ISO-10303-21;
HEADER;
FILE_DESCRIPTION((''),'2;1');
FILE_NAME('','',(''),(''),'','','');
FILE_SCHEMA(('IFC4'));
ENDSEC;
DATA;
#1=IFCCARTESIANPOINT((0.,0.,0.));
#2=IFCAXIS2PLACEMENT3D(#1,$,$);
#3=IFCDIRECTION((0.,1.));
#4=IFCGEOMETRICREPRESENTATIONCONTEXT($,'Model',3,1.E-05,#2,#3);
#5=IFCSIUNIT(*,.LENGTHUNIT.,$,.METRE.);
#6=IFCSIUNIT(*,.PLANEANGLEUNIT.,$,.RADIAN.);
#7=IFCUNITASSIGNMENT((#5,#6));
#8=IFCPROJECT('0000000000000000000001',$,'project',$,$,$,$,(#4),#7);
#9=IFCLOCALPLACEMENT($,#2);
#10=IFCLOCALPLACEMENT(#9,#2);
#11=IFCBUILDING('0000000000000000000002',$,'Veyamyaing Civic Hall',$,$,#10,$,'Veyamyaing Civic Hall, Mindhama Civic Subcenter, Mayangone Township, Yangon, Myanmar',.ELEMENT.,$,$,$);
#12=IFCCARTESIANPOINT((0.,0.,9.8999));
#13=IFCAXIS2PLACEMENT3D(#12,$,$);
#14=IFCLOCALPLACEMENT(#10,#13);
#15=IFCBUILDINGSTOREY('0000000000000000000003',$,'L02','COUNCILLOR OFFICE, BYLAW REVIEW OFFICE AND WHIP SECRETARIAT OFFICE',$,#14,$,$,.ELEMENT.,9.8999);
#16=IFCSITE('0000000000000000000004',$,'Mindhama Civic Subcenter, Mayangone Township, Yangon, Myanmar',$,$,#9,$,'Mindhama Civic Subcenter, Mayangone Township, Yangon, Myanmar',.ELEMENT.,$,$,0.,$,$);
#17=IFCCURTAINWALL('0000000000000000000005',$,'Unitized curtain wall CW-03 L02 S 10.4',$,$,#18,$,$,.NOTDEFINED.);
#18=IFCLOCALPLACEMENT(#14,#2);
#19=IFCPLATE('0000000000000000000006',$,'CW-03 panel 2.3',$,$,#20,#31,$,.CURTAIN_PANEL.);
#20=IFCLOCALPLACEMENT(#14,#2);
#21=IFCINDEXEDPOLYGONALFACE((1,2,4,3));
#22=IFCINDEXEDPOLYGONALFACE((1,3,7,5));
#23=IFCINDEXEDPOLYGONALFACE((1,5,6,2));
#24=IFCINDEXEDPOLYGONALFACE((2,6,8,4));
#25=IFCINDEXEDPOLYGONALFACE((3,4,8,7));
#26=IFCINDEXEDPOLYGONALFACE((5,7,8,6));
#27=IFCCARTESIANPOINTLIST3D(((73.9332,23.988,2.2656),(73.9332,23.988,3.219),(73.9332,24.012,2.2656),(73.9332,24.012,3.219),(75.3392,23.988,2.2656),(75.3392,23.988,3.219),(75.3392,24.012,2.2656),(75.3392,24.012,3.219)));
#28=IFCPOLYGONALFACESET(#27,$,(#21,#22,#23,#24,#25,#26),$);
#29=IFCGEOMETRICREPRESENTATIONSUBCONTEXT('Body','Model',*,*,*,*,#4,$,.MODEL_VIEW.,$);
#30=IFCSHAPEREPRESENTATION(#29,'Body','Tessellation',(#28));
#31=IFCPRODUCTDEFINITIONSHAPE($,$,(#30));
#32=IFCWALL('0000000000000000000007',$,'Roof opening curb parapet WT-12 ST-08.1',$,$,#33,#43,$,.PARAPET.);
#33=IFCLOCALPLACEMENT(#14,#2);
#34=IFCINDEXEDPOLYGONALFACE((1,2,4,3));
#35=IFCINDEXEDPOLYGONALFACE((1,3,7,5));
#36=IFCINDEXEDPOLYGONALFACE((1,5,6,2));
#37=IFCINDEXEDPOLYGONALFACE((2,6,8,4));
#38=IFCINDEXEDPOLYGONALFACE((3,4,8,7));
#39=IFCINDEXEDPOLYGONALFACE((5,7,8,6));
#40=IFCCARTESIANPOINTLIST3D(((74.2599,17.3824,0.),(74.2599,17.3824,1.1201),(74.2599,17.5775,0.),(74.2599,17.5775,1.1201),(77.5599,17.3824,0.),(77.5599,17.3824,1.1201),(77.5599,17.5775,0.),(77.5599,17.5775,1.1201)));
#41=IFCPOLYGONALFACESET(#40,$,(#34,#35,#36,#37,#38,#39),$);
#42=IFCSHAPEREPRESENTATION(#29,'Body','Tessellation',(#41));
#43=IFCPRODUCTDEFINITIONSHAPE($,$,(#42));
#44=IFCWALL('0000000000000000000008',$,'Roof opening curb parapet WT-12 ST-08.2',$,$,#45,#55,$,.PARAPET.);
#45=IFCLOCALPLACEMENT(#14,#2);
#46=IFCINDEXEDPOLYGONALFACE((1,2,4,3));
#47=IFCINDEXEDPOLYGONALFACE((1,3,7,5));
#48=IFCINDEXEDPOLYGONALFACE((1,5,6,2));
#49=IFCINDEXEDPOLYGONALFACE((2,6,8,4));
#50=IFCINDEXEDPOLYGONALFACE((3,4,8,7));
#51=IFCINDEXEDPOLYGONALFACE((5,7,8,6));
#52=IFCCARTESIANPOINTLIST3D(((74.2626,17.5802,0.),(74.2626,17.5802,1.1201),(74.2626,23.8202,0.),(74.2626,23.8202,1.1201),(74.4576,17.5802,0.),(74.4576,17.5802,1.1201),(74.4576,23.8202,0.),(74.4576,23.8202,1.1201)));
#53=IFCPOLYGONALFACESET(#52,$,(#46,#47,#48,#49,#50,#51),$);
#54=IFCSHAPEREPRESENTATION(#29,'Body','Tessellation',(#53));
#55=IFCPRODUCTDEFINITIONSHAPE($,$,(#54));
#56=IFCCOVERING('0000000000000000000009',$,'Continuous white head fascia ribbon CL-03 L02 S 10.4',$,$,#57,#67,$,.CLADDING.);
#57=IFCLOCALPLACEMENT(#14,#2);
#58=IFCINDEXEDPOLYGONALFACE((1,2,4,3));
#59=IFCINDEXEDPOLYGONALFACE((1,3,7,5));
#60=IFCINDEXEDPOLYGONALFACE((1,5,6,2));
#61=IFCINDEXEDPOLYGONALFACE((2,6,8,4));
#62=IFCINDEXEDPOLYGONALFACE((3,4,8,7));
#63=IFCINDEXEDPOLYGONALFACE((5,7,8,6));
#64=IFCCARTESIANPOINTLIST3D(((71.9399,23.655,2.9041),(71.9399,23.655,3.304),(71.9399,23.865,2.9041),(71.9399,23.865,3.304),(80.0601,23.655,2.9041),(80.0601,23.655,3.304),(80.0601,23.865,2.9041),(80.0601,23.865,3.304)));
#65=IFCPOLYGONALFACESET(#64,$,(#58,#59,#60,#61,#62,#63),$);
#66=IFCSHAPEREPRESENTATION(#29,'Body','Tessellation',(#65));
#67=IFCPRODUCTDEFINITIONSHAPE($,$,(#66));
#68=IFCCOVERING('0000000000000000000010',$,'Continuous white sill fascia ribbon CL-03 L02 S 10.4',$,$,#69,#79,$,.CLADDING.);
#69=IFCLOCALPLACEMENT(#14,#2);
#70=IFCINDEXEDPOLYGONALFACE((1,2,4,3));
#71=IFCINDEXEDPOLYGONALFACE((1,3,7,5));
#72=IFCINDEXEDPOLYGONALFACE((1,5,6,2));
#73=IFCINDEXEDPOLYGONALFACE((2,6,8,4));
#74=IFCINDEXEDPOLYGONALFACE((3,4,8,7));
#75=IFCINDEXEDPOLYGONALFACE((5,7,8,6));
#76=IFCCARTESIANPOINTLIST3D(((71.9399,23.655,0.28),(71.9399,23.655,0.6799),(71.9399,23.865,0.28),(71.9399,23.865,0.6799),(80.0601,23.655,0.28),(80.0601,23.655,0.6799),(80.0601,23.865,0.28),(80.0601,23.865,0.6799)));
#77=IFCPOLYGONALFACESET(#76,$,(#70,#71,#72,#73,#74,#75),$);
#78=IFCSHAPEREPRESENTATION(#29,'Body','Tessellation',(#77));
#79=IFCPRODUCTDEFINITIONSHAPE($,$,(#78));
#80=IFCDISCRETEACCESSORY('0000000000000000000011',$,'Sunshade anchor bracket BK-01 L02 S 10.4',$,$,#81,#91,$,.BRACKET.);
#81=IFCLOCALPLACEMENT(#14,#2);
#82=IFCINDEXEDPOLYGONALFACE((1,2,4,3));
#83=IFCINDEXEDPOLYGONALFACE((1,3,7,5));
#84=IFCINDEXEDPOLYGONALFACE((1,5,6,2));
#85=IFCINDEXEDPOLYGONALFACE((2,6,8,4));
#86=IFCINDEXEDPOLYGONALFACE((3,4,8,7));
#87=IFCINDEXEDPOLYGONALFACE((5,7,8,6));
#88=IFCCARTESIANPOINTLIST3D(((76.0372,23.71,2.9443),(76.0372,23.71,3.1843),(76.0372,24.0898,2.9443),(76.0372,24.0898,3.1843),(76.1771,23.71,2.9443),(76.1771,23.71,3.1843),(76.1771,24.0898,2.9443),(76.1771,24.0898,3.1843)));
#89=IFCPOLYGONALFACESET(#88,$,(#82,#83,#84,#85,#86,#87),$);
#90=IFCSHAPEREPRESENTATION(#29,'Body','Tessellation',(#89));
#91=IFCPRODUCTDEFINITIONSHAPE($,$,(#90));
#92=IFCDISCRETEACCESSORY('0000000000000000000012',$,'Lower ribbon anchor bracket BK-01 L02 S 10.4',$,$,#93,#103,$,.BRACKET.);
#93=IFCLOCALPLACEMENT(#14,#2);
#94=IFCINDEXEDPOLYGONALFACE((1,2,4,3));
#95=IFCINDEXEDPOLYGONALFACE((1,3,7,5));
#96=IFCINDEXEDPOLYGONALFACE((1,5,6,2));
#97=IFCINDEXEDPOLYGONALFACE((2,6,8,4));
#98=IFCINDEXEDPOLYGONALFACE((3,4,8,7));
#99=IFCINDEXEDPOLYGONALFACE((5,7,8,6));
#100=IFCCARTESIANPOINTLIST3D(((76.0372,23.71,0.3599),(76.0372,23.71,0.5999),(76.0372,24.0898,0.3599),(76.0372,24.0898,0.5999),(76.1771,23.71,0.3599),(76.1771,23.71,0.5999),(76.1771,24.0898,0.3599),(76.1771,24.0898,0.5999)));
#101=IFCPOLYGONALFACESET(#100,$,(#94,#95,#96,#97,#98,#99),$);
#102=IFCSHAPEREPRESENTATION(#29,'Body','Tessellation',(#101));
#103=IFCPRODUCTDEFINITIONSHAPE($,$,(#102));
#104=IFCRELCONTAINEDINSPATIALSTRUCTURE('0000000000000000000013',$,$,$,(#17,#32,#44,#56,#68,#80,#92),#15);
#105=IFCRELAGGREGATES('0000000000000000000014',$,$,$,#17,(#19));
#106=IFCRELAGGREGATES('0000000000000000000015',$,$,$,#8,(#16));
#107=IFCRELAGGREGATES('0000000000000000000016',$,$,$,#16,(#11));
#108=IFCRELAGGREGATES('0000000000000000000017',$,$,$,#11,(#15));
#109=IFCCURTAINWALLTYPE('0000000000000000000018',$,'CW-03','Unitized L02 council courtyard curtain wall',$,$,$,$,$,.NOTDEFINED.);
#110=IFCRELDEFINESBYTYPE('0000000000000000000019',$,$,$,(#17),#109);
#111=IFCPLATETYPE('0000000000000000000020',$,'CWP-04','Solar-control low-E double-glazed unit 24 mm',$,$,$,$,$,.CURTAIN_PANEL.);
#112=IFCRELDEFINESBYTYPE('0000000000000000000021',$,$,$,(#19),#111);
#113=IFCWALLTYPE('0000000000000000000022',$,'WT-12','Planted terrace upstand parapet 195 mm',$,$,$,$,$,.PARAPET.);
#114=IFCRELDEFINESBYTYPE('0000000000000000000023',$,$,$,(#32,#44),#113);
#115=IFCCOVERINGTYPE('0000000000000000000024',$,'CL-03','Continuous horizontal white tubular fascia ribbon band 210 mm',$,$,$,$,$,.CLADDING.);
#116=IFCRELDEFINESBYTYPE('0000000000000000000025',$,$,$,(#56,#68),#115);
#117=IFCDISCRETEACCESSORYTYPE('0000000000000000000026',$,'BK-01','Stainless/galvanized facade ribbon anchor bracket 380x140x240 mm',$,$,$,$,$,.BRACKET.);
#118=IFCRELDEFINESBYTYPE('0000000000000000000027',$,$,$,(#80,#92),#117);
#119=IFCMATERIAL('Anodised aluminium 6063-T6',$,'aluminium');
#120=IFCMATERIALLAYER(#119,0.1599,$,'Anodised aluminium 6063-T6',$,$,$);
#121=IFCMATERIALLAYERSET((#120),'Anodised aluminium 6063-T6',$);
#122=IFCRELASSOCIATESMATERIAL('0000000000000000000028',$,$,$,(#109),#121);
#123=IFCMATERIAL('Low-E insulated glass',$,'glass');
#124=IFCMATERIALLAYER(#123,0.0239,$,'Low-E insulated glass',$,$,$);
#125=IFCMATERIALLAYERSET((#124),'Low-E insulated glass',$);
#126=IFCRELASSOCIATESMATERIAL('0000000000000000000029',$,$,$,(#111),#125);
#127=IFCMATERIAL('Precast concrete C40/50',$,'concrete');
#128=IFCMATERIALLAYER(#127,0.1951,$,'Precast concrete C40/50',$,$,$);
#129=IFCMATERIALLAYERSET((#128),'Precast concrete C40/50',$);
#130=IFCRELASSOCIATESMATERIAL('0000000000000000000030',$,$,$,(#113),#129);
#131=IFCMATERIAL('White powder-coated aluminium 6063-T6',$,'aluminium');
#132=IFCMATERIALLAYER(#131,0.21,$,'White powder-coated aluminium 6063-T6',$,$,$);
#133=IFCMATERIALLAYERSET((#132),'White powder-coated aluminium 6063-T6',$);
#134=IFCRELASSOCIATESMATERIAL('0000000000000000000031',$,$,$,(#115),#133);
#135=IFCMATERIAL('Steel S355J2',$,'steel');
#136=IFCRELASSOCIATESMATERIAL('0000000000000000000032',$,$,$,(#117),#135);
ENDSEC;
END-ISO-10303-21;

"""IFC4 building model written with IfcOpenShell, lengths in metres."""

from ifc_helpers import new_model, si_unit, direction, frame, frame_2d, origin, origin_2d, place, context, subcontext, project, spatial, rectangle, extrude, material, layer, layer_set, type_object, element, aggregate, save


model = new_model("IFC4")

# Units and contexts
model_context = context("Model", 3, precision=1e-05, world=origin(), true_north=direction((0.0, 1.0)))
body_context = subcontext(model_context, "Body", "Model", "MODEL_VIEW")
ifc_project = project(units=[si_unit("LENGTHUNIT", "METRE"), si_unit("PLANEANGLEUNIT", "RADIAN")], contexts=[model_context])

# Site, building, storey
site_placement = place(None, origin())
site = spatial("IfcSite", under=ifc_project, at=site_placement, Name="Mindhama Civic Subcenter, Mayangone Township, Yangon, Myanmar", LongName="Mindhama Civic Subcenter, Mayangone Township, Yangon, Myanmar", CompositionType="ELEMENT", RefElevation=0.0)
building_placement = place(site_placement, origin())
building = spatial("IfcBuilding", under=site, at=building_placement, Name="Veyamyaing Civic Hall", LongName="Veyamyaing Civic Hall, Mindhama Civic Subcenter, Mayangone Township, Yangon, Myanmar", CompositionType="ELEMENT")
storey_placement = place(building_placement, frame((0.0, 0.0, 9.8999)))
storey = spatial("IfcBuildingStorey", under=building, at=storey_placement, Name="L02", Description="COUNCILLOR OFFICE, BYLAW REVIEW OFFICE AND WHIP SECRETARIAT OFFICE", CompositionType="ELEMENT", Elevation=9.8999)

# Curtain wall, plate
ifc_material_1 = material(Name="Anodised aluminium 6063-T6", Category="aluminium")
ifc_layer_1 = layer(ifc_material_1, 0.1599, Name="Anodised aluminium 6063-T6")
ifc_layer_set_1 = layer_set([ifc_layer_1], Name="Anodised aluminium 6063-T6")
curtain_wall_type = type_object("IfcCurtainWallType", Name="CW-03", Description="Unitized L02 council courtyard curtain wall", PredefinedType="NOTDEFINED", material=ifc_layer_set_1)
curtain_wall_placement = place(storey_placement, origin())
curtain_wall = element("IfcCurtainWall", 1, at=curtain_wall_placement, inside=storey, type_object=curtain_wall_type, Name="Unitized curtain wall CW-03 L02 S 10.4", PredefinedType="NOTDEFINED")
ifc_material_2 = material(Name="Low-E insulated glass", Category="glass")
ifc_layer_2 = layer(ifc_material_2, 0.0239, Name="Low-E insulated glass")
ifc_layer_set_2 = layer_set([ifc_layer_2], Name="Low-E insulated glass")
plate_type = type_object("IfcPlateType", Name="CWP-04", Description="Solar-control low-E double-glazed unit 24 mm", PredefinedType="CURTAIN_PANEL", material=ifc_layer_set_2)
plate_1_placement = place(storey_placement, frame((74.6362, 24.0, 2.2656), z_axis=(0.0, 0.0, 1.0), x_axis=(1.0, 0.0, 0.0)))
plate_1 = element("IfcPlate", 2, at=plate_1_placement, type_object=plate_type, Name="CW-03 panel 2.3", PredefinedType="CURTAIN_PANEL", context=body_context, shape_type="SweptSolid", body=[
    extrude(rectangle(XDim=1.406, YDim=0.0239, at=origin_2d()), origin(), (0.0, 0.0, 1.0), 0.9534),
])
aggregate(curtain_wall, [plate_1])

# Walls
ifc_material_3 = material(Name="Precast concrete C40/50", Category="concrete")
ifc_layer_3 = layer(ifc_material_3, 0.1951, Name="Precast concrete C40/50")
ifc_layer_set_3 = layer_set([ifc_layer_3], Name="Precast concrete C40/50")
wall_type = type_object("IfcWallType", Name="WT-12", Description="Planted terrace upstand parapet 195 mm", PredefinedType="PARAPET", material=ifc_layer_set_3)
wall_1_placement = place(storey_placement, frame((74.26, 17.48, 0.0), z_axis=(0.0, 0.0, 1.0), x_axis=(1.0, 0.0, 0.0)))
element("IfcWall", 3, at=wall_1_placement, inside=storey, type_object=wall_type, Name="Roof opening curb parapet WT-12 ST-08.1", PredefinedType="PARAPET", context=body_context, shape_type="SweptSolid", body=[
    extrude(rectangle(XDim=3.3, YDim=0.1951, at=frame_2d((1.6499, 0.0))), origin(), (0.0, 0.0, 1.0), 1.1201),
])
wall_2_placement = place(storey_placement, frame((74.3601, 17.5801, 0.0), z_axis=(0.0, 0.0, 1.0), x_axis=(0.0, 1.0, 0.0)))
element("IfcWall", 4, at=wall_2_placement, inside=storey, type_object=wall_type, Name="Roof opening curb parapet WT-12 ST-08.2", PredefinedType="PARAPET", context=body_context, shape_type="SweptSolid", body=[
    extrude(rectangle(XDim=6.24, YDim=0.1951, at=frame_2d((3.1201, 0.0))), origin(), (0.0, 0.0, 1.0), 1.1201),
])

# Coverings
ifc_material_4 = material(Name="White powder-coated aluminium 6063-T6", Category="aluminium")
ifc_layer_4 = layer(ifc_material_4, 0.21, Name="White powder-coated aluminium 6063-T6")
ifc_layer_set_4 = layer_set([ifc_layer_4], Name="White powder-coated aluminium 6063-T6")
covering_type = type_object("IfcCoveringType", Name="CL-03", Description="Continuous horizontal white tubular fascia ribbon band 210 mm", PredefinedType="CLADDING", material=ifc_layer_set_4)
for number, where, z_axis, x_axis, name in (
    (5, (76.0, 23.76, 2.9041), (0.0, 0.0, 1.0), (1.0, 0.0, 0.0), "Continuous white head fascia ribbon CL-03 L02 S 10.4"),
    (6, (76.0, 23.76, 0.28), (0.0, 0.0, 1.0), (1.0, 0.0, 0.0), "Continuous white sill fascia ribbon CL-03 L02 S 10.4"),
):
    element("IfcCovering", number, at=place(storey_placement, frame(where, z_axis=z_axis, x_axis=x_axis)), inside=storey, type_object=covering_type, Name=name, PredefinedType="CLADDING", context=body_context, shape_type="SweptSolid", body=[
        extrude(rectangle(XDim=8.1201, YDim=0.21, at=origin_2d()), origin(), (0.0, 0.0, 1.0), 0.3999),
    ])

# Discrete accessories
ifc_material_5 = material(Name="Steel S355J2", Category="steel")
discrete_accessory_type = type_object("IfcDiscreteAccessoryType", Name="BK-01", Description="Stainless/galvanized facade ribbon anchor bracket 380x140x240 mm", PredefinedType="BRACKET", material=ifc_material_5)
for number, where, z_axis, x_axis, name in (
    (7, (76.1072, 23.8999, 2.9443), (0.0, 0.0, 1.0), (0.0, -1.0, 0.0), "Sunshade anchor bracket BK-01 L02 S 10.4"),
    (8, (76.1072, 23.8999, 0.3599), (0.0, 0.0, 1.0), (0.0, -1.0, 0.0), "Lower ribbon anchor bracket BK-01 L02 S 10.4"),
):
    element("IfcDiscreteAccessory", number, at=place(storey_placement, frame(where, z_axis=z_axis, x_axis=x_axis)), inside=storey, type_object=discrete_accessory_type, Name=name, PredefinedType="BRACKET", context=body_context, shape_type="SweptSolid", body=[
        extrude(rectangle(XDim=0.3799, YDim=0.1399, at=origin_2d()), origin(), (0.0, 0.0, 1.0), 0.24),
    ])

save(model, "model.ifc")
